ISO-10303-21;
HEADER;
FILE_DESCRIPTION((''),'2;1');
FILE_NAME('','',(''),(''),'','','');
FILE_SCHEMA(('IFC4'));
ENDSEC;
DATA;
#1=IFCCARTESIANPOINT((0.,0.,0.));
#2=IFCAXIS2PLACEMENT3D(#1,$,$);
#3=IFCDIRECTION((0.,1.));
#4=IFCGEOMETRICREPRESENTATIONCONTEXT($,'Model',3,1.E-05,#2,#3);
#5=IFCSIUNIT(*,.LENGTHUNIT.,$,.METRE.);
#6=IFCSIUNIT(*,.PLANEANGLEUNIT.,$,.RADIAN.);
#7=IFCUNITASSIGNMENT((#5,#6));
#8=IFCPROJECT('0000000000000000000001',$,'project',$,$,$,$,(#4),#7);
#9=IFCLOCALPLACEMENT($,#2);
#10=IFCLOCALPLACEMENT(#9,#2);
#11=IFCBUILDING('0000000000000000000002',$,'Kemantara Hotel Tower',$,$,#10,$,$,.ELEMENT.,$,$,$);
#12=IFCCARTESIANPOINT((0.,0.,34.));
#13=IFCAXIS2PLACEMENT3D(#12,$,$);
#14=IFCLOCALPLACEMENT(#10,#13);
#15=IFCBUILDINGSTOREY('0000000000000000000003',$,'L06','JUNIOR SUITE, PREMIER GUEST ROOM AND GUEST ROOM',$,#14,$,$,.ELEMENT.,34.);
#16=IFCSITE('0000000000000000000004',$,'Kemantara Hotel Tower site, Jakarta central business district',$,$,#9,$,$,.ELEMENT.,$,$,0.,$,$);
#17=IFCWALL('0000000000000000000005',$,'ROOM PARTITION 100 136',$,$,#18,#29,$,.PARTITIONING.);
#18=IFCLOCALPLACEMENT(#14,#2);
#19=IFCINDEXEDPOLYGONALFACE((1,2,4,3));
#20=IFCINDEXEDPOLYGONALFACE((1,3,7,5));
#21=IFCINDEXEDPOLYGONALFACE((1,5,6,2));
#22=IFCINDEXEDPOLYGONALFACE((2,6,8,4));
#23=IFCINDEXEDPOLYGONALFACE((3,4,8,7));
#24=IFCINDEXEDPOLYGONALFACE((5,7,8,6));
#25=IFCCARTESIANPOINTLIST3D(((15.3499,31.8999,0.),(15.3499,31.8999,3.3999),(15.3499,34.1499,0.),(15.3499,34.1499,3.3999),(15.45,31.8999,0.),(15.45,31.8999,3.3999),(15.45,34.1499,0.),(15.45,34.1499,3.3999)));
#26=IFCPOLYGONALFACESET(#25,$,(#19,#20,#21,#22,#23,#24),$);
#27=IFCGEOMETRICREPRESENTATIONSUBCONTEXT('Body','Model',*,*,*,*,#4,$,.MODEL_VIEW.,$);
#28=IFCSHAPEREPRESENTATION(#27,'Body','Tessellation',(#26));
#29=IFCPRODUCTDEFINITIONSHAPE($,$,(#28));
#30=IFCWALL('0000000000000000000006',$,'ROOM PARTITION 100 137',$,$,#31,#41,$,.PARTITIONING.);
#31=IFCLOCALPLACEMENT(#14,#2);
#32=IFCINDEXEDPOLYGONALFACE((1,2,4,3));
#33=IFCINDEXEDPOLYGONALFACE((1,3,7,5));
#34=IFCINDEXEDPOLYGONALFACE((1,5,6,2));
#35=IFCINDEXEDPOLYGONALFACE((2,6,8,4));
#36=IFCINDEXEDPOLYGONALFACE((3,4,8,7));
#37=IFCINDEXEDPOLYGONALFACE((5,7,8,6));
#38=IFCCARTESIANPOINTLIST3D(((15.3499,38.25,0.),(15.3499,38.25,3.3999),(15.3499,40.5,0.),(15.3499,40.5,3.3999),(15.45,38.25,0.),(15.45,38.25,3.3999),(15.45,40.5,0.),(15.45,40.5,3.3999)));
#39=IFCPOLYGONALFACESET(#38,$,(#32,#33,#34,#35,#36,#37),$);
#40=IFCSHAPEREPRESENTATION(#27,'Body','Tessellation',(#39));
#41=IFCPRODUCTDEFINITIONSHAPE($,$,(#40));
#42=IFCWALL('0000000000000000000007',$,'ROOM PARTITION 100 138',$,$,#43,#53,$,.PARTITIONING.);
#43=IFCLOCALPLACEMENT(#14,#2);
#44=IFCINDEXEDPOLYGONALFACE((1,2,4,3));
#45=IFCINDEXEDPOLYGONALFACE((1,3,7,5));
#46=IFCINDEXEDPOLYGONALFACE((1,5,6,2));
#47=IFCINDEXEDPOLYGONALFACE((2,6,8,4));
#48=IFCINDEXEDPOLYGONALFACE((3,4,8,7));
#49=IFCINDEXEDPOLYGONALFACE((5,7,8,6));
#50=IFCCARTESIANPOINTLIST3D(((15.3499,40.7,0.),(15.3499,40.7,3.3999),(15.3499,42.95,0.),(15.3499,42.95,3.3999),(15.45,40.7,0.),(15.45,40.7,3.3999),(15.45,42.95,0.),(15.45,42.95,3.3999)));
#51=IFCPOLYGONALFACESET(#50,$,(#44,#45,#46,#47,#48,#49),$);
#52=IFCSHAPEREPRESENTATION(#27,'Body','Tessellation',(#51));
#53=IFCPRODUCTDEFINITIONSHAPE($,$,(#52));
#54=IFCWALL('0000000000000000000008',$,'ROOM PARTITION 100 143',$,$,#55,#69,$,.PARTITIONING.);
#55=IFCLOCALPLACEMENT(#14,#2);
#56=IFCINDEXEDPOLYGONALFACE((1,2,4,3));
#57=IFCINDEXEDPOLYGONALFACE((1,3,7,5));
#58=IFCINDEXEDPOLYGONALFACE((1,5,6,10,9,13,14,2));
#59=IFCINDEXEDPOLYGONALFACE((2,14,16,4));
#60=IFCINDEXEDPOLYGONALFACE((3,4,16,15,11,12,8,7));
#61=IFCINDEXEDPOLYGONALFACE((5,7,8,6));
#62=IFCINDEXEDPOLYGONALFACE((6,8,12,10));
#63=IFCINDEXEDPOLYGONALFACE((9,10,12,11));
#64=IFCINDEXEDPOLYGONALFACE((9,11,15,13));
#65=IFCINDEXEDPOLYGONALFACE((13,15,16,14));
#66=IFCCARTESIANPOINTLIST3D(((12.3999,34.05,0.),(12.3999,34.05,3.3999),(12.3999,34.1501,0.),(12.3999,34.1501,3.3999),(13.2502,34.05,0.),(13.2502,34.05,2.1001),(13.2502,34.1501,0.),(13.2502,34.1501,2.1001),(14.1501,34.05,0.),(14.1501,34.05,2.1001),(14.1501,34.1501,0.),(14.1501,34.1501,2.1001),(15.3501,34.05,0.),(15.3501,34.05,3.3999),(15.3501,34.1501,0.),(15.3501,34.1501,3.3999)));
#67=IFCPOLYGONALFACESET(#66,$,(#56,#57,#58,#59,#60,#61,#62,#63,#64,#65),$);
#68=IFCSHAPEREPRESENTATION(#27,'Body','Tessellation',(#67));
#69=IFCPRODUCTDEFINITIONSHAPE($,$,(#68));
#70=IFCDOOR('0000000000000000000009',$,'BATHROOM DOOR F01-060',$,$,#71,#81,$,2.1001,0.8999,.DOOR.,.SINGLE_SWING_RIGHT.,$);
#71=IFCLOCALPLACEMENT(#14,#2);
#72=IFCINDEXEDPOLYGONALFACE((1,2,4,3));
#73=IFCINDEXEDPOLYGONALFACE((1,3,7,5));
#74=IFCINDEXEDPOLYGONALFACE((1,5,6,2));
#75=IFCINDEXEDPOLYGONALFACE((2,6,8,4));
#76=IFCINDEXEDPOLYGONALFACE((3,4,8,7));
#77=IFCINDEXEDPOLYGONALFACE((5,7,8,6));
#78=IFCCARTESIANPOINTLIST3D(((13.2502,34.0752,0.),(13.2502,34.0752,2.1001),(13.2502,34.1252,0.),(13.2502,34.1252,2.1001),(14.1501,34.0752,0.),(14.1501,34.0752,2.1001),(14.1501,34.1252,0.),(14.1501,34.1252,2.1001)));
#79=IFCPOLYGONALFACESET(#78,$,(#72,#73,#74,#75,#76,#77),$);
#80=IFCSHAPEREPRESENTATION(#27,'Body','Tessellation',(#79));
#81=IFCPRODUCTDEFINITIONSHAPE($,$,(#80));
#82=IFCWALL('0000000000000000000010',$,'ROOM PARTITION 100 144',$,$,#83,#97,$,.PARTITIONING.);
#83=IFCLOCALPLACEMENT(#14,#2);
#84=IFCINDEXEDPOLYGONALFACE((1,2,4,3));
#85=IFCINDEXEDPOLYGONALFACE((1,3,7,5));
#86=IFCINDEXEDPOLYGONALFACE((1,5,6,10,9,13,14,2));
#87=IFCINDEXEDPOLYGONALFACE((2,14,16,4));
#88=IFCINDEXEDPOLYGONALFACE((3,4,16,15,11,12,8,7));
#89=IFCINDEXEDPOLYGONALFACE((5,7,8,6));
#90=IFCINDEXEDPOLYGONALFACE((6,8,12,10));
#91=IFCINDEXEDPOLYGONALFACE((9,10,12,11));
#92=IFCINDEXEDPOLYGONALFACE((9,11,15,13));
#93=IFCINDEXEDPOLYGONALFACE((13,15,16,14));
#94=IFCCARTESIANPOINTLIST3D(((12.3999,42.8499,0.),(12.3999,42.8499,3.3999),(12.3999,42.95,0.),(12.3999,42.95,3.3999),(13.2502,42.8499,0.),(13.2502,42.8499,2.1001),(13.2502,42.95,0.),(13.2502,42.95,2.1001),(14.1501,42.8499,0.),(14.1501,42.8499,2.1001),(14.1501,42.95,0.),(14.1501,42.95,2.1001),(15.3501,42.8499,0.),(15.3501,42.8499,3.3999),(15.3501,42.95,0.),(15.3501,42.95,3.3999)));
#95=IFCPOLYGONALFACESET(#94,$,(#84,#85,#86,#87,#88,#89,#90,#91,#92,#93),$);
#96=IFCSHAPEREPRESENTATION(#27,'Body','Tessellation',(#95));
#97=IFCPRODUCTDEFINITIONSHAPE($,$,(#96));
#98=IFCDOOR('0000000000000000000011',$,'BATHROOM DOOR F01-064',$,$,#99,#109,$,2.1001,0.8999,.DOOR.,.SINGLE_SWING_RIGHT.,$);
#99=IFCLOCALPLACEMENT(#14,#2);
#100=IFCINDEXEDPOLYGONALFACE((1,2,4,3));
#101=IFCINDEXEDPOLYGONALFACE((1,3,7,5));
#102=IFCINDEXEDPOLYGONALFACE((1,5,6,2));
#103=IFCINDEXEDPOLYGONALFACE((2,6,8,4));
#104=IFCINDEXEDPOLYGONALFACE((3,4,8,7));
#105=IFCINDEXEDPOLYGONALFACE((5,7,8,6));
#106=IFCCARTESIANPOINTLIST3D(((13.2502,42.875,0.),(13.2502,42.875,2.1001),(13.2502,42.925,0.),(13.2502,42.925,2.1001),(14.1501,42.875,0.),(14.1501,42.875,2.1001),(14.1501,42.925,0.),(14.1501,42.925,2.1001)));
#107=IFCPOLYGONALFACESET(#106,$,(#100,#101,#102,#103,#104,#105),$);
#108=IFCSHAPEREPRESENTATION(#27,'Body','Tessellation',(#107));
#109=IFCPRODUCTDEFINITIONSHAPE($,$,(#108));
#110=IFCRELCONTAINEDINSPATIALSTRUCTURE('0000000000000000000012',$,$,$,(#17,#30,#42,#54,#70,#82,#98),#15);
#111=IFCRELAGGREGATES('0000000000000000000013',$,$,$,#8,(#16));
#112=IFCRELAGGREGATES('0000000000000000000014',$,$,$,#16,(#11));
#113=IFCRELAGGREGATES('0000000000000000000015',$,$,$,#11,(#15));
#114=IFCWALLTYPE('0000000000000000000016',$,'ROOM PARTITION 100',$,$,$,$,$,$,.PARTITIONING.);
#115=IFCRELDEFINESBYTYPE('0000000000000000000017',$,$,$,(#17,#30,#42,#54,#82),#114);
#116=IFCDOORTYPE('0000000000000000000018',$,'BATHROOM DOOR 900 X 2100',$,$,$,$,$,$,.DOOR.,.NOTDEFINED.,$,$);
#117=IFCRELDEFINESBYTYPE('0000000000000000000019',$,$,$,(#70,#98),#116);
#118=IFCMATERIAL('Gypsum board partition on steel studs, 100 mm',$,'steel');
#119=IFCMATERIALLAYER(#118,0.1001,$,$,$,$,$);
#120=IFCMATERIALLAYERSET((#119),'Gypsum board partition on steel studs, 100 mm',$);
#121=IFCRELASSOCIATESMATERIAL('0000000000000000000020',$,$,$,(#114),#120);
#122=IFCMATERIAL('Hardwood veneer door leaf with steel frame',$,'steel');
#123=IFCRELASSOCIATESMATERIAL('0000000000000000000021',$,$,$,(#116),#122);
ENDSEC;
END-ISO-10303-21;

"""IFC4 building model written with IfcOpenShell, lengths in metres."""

from ifc_helpers import new_model, si_unit, direction, frame, frame_2d, origin, place, context, subcontext, project, spatial, rectangle, extrude, material, layer, layer_set, type_object, element, fill, save


model = new_model("IFC4")

# Units and contexts
model_context = context("Model", 3, precision=1e-05, world=origin(), true_north=direction((0.0, 1.0)))
body_context = subcontext(model_context, "Body", "Model", "MODEL_VIEW")
ifc_project = project(units=[si_unit("LENGTHUNIT", "METRE"), si_unit("PLANEANGLEUNIT", "RADIAN")], contexts=[model_context])

# Site, building, storey
site_placement = place(None, origin())
site = spatial("IfcSite", under=ifc_project, at=site_placement, Name="Kemantara Hotel Tower site, Jakarta central business district", CompositionType="ELEMENT", RefElevation=0.0)
building_placement = place(site_placement, origin())
building = spatial("IfcBuilding", under=site, at=building_placement, Name="Kemantara Hotel Tower", CompositionType="ELEMENT")
storey_placement = place(building_placement, frame((0.0, 0.0, 34.0)))
storey = spatial("IfcBuildingStorey", under=building, at=storey_placement, Name="L06", Description="JUNIOR SUITE, PREMIER GUEST ROOM AND GUEST ROOM", CompositionType="ELEMENT", Elevation=34.0)

# Shared definitions
ifc_material_1 = material(Name="Hardwood veneer door leaf with steel frame", Category="steel")

# Shared definitions
ifc_material_2 = material(Name="Gypsum board partition on steel studs, 100 mm", Category="steel")
ifc_layer_1 = layer(ifc_material_2, 0.1001)
ifc_layer_set_1 = layer_set([ifc_layer_1], Name="Gypsum board partition on steel studs, 100 mm")
wall_type_1 = type_object("IfcWallType", Name="ROOM PARTITION 100", PredefinedType="PARTITIONING", material=ifc_layer_set_1)
door_type_1 = type_object("IfcDoorType", Name="BATHROOM DOOR 900 X 2100", OperationType="NOTDEFINED", PredefinedType="DOOR", material=ifc_material_1)

# Walls
for number, where, z_axis, x_axis, name in (
    (1, (15.3999, 31.8999, 0.0), (0.0, 0.0, 1.0), (0.0, 1.0, 0.0), "ROOM PARTITION 100 136"),
    (2, (15.3999, 38.25, 0.0), (0.0, 0.0, 1.0), (0.0, 1.0, 0.0), "ROOM PARTITION 100 137"),
    (3, (15.3999, 40.7, 0.0), (0.0, 0.0, 1.0), (0.0, 1.0, 0.0), "ROOM PARTITION 100 138"),
):
    element("IfcWall", number, at=place(storey_placement, frame(where, z_axis=z_axis, x_axis=x_axis)), inside=storey, type_object=wall_type_1, Name=name, PredefinedType="PARTITIONING", context=body_context, shape_type="SweptSolid", body=[
        extrude(rectangle(XDim=2.25, YDim=0.1001, at=frame_2d((1.125, 0.0))), origin(), (0.0, 0.0, 1.0), 3.3999),
    ])

# Walls, openings, doors
wall_1_placement = place(storey_placement, frame((15.3501, 34.1001, 0.0), z_axis=(0.0, 0.0, 1.0), x_axis=(-1.0, 0.0, 0.0)))
wall_1 = element("IfcWall", 4, at=wall_1_placement, inside=storey, type_object=wall_type_1, Name="ROOM PARTITION 100 143", PredefinedType="PARTITIONING", context=body_context, shape_type="SweptSolid", body=[
    extrude(rectangle(XDim=2.9502, YDim=0.1001, at=frame_2d((1.4751, 0.0))), origin(), (0.0, 0.0, 1.0), 3.3999),
])
opening_1_placement = place(wall_1_placement, frame((1.2, 0.0, 0.0)))
opening_1 = element("IfcOpeningElement", 5, at=opening_1_placement, cuts=wall_1, PredefinedType="OPENING", context=body_context, shape_type="SweptSolid", body=[
    extrude(rectangle(XDim=0.8999, YDim=2.1001, at=frame_2d((0.45, 1.05))), frame((0.0, 0.0601, 0.0), z_axis=(0.0, -1.0, 0.0), x_axis=(1.0, 0.0, 0.0)), (0.0, 0.0, 1.0), 0.1201),
])
door_1_placement = place(opening_1_placement, origin())
door_1 = element("IfcDoor", 6, at=door_1_placement, inside=storey, type_object=door_type_1, Name="BATHROOM DOOR F01-060", OperationType="SINGLE_SWING_RIGHT", OverallHeight=2.1001, OverallWidth=0.8999, PredefinedType="DOOR", context=body_context, shape_type="SweptSolid", body=[
    extrude(rectangle(XDim=0.8999, YDim=2.1001, at=frame_2d((0.45, 1.05))), frame((0.0, 0.0249, 0.0), z_axis=(0.0, -1.0, 0.0), x_axis=(1.0, 0.0, 0.0)), (0.0, 0.0, 1.0), 0.05),
])
fill(opening_1, door_1)
wall_2_placement = place(storey_placement, frame((15.3501, 42.8999, 0.0), z_axis=(0.0, 0.0, 1.0), x_axis=(-1.0, 0.0, 0.0)))
wall_2 = element("IfcWall", 7, at=wall_2_placement, inside=storey, type_object=wall_type_1, Name="ROOM PARTITION 100 144", PredefinedType="PARTITIONING", context=body_context, shape_type="SweptSolid", body=[
    extrude(rectangle(XDim=2.9502, YDim=0.1001, at=frame_2d((1.4751, 0.0))), origin(), (0.0, 0.0, 1.0), 3.3999),
])
opening_2_placement = place(wall_2_placement, frame((1.2, 0.0, 0.0)))
opening_2 = element("IfcOpeningElement", 8, at=opening_2_placement, cuts=wall_2, PredefinedType="OPENING", context=body_context, shape_type="SweptSolid", body=[
    extrude(rectangle(XDim=0.8999, YDim=2.1001, at=frame_2d((0.45, 1.05))), frame((0.0, 0.0601, 0.0), z_axis=(0.0, -1.0, 0.0), x_axis=(1.0, 0.0, 0.0)), (0.0, 0.0, 1.0), 0.1201),
])
door_2_placement = place(opening_2_placement, origin())
door_2 = element("IfcDoor", 9, at=door_2_placement, inside=storey, type_object=door_type_1, Name="BATHROOM DOOR F01-064", OperationType="SINGLE_SWING_RIGHT", OverallHeight=2.1001, OverallWidth=0.8999, PredefinedType="DOOR", context=body_context, shape_type="SweptSolid", body=[
    extrude(rectangle(XDim=0.8999, YDim=2.1001, at=frame_2d((0.45, 1.05))), frame((0.0, 0.0249, 0.0), z_axis=(0.0, -1.0, 0.0), x_axis=(1.0, 0.0, 0.0)), (0.0, 0.0, 1.0), 0.05),
])
fill(opening_2, door_2)

save(model, "model.ifc")
